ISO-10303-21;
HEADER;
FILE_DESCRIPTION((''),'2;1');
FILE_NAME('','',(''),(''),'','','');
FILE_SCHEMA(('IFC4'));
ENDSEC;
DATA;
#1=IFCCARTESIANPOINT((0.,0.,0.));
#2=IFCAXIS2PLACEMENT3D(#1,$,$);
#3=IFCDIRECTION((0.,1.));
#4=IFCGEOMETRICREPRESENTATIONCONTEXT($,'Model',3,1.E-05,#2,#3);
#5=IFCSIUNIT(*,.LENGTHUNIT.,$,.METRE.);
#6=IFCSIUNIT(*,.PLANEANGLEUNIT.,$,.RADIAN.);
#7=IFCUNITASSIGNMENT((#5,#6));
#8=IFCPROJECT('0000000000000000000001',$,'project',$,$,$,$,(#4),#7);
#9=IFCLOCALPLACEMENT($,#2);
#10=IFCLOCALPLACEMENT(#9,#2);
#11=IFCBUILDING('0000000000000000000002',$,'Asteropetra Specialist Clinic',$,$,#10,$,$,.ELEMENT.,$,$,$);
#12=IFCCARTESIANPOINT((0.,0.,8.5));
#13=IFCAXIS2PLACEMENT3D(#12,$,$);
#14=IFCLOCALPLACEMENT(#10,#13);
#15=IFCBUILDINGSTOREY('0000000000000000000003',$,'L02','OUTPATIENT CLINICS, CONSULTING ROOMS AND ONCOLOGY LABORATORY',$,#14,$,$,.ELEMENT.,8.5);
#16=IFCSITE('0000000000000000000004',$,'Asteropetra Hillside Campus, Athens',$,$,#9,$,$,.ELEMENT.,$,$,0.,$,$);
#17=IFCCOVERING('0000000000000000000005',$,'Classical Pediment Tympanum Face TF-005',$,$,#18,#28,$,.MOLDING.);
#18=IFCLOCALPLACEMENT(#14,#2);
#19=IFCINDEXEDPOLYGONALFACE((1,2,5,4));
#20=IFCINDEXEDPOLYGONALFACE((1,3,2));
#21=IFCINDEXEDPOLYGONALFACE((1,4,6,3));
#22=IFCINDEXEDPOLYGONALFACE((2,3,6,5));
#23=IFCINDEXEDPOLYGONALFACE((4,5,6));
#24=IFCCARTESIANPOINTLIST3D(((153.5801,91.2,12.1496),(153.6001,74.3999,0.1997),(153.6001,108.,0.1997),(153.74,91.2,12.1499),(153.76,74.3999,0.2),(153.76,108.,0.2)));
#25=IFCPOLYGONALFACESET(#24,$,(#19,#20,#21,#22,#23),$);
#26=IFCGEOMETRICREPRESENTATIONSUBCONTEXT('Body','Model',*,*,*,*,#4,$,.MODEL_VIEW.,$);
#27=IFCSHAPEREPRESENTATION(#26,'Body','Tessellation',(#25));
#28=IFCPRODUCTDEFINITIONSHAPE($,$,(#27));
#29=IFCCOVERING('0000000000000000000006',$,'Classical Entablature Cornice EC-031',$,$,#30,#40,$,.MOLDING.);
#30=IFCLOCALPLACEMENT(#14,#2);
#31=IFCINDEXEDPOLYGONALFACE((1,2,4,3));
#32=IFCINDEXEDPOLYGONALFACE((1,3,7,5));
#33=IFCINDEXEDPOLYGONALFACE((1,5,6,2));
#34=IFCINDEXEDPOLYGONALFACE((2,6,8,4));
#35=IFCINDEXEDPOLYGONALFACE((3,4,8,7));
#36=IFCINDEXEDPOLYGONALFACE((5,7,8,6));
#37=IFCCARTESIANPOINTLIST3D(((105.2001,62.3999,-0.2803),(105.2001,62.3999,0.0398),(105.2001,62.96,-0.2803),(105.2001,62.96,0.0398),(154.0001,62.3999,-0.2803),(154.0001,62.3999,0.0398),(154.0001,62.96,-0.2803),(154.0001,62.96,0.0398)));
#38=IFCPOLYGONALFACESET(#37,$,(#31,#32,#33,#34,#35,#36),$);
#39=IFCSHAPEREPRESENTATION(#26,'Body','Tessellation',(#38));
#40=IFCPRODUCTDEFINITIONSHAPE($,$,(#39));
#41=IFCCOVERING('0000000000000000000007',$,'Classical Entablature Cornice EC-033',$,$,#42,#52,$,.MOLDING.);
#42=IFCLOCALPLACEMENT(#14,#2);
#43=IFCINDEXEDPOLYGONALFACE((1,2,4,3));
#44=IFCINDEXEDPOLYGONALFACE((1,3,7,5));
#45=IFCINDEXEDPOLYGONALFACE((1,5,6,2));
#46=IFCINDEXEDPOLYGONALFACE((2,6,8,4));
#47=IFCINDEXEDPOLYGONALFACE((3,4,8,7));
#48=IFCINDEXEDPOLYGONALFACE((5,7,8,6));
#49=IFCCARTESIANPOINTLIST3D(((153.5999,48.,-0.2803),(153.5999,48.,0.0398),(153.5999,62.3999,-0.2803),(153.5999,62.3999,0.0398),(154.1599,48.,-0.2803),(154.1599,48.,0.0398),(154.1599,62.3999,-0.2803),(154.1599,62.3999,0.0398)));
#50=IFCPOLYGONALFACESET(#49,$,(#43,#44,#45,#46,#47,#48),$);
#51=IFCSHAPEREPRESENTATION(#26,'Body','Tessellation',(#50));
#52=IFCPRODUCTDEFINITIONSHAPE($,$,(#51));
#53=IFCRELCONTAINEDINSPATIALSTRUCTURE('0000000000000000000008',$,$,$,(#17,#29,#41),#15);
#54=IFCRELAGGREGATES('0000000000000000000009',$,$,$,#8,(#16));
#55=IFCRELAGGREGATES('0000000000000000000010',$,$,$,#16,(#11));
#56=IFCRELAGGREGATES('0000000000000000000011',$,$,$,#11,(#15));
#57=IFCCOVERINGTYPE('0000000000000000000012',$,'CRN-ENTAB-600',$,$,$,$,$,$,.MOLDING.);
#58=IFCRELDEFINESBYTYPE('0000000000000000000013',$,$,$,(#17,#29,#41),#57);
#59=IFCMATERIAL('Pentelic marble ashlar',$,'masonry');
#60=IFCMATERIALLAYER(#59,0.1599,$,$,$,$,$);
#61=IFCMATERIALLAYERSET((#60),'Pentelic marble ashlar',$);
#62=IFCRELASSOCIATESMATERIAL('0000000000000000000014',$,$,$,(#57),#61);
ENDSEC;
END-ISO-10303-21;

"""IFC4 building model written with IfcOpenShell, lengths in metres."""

from ifc_helpers import new_model, si_unit, direction, frame, origin, origin_2d, place, context, subcontext, project, spatial, polyline, rectangle, outline, extrude, material, layer, layer_set, type_object, element, save


model = new_model("IFC4")

# Units and contexts
model_context = context("Model", 3, precision=1e-05, world=origin(), true_north=direction((0.0, 1.0)))
body_context = subcontext(model_context, "Body", "Model", "MODEL_VIEW")
ifc_project = project(units=[si_unit("LENGTHUNIT", "METRE"), si_unit("PLANEANGLEUNIT", "RADIAN")], contexts=[model_context])

# Site, building, storey
site_placement = place(None, origin())
site = spatial("IfcSite", under=ifc_project, at=site_placement, Name="Asteropetra Hillside Campus, Athens", CompositionType="ELEMENT", RefElevation=0.0)
building_placement = place(site_placement, origin())
building = spatial("IfcBuilding", under=site, at=building_placement, Name="Asteropetra Specialist Clinic", CompositionType="ELEMENT")
storey_placement = place(building_placement, frame((0.0, 0.0, 8.5)))
storey = spatial("IfcBuildingStorey", under=building, at=storey_placement, Name="L02", Description="OUTPATIENT CLINICS, CONSULTING ROOMS AND ONCOLOGY LABORATORY", CompositionType="ELEMENT", Elevation=8.5)

# Coverings
ifc_material_1 = material(Name="Pentelic marble ashlar", Category="masonry")
ifc_layer_1 = layer(ifc_material_1, 0.1599)
ifc_layer_set_1 = layer_set([ifc_layer_1], Name="Pentelic marble ashlar")
covering_type = type_object("IfcCoveringType", Name="CRN-ENTAB-600", PredefinedType="MOLDING", material=ifc_layer_set_1)
covering_1_placement = place(storey_placement, frame((153.76, 74.3999, 0.2), z_axis=(0.999999, 0.0, 0.001675), x_axis=(0.0, 1.0, 0.0)))
element("IfcCovering", 1, at=covering_1_placement, inside=storey, type_object=covering_type, Name="Classical Pediment Tympanum Face TF-005", PredefinedType="MOLDING", context=body_context, shape_type="SweptSolid", body=[
    extrude(outline(polyline([(0.0, 0.0), (33.6001, 0.0), (16.8, 11.95), (0.0, 0.0)])), origin(), (0.0, 0.0, -1.0), 0.1599),
])
covering_2_placement = place(storey_placement, frame((129.6001, 62.6799, -0.2803), z_axis=(0.0, 0.0, 1.0), x_axis=(1.0, 0.0, 0.0)))
element("IfcCovering", 2, at=covering_2_placement, inside=storey, type_object=covering_type, Name="Classical Entablature Cornice EC-031", PredefinedType="MOLDING", context=body_context, shape_type="SweptSolid", body=[
    extrude(rectangle(XDim=48.8, YDim=0.5601, at=origin_2d()), origin(), (0.0, 0.0, 1.0), 0.3201),
])
covering_3_placement = place(storey_placement, frame((153.8799, 55.2, -0.2803), z_axis=(0.0, 0.0, 1.0), x_axis=(1.0, 0.0, 0.0)))
element("IfcCovering", 3, at=covering_3_placement, inside=storey, type_object=covering_type, Name="Classical Entablature Cornice EC-033", PredefinedType="MOLDING", context=body_context, shape_type="SweptSolid", body=[
    extrude(rectangle(XDim=0.5601, YDim=14.3999, at=origin_2d()), origin(), (0.0, 0.0, 1.0), 0.3201),
])

save(model, "model.ifc")
